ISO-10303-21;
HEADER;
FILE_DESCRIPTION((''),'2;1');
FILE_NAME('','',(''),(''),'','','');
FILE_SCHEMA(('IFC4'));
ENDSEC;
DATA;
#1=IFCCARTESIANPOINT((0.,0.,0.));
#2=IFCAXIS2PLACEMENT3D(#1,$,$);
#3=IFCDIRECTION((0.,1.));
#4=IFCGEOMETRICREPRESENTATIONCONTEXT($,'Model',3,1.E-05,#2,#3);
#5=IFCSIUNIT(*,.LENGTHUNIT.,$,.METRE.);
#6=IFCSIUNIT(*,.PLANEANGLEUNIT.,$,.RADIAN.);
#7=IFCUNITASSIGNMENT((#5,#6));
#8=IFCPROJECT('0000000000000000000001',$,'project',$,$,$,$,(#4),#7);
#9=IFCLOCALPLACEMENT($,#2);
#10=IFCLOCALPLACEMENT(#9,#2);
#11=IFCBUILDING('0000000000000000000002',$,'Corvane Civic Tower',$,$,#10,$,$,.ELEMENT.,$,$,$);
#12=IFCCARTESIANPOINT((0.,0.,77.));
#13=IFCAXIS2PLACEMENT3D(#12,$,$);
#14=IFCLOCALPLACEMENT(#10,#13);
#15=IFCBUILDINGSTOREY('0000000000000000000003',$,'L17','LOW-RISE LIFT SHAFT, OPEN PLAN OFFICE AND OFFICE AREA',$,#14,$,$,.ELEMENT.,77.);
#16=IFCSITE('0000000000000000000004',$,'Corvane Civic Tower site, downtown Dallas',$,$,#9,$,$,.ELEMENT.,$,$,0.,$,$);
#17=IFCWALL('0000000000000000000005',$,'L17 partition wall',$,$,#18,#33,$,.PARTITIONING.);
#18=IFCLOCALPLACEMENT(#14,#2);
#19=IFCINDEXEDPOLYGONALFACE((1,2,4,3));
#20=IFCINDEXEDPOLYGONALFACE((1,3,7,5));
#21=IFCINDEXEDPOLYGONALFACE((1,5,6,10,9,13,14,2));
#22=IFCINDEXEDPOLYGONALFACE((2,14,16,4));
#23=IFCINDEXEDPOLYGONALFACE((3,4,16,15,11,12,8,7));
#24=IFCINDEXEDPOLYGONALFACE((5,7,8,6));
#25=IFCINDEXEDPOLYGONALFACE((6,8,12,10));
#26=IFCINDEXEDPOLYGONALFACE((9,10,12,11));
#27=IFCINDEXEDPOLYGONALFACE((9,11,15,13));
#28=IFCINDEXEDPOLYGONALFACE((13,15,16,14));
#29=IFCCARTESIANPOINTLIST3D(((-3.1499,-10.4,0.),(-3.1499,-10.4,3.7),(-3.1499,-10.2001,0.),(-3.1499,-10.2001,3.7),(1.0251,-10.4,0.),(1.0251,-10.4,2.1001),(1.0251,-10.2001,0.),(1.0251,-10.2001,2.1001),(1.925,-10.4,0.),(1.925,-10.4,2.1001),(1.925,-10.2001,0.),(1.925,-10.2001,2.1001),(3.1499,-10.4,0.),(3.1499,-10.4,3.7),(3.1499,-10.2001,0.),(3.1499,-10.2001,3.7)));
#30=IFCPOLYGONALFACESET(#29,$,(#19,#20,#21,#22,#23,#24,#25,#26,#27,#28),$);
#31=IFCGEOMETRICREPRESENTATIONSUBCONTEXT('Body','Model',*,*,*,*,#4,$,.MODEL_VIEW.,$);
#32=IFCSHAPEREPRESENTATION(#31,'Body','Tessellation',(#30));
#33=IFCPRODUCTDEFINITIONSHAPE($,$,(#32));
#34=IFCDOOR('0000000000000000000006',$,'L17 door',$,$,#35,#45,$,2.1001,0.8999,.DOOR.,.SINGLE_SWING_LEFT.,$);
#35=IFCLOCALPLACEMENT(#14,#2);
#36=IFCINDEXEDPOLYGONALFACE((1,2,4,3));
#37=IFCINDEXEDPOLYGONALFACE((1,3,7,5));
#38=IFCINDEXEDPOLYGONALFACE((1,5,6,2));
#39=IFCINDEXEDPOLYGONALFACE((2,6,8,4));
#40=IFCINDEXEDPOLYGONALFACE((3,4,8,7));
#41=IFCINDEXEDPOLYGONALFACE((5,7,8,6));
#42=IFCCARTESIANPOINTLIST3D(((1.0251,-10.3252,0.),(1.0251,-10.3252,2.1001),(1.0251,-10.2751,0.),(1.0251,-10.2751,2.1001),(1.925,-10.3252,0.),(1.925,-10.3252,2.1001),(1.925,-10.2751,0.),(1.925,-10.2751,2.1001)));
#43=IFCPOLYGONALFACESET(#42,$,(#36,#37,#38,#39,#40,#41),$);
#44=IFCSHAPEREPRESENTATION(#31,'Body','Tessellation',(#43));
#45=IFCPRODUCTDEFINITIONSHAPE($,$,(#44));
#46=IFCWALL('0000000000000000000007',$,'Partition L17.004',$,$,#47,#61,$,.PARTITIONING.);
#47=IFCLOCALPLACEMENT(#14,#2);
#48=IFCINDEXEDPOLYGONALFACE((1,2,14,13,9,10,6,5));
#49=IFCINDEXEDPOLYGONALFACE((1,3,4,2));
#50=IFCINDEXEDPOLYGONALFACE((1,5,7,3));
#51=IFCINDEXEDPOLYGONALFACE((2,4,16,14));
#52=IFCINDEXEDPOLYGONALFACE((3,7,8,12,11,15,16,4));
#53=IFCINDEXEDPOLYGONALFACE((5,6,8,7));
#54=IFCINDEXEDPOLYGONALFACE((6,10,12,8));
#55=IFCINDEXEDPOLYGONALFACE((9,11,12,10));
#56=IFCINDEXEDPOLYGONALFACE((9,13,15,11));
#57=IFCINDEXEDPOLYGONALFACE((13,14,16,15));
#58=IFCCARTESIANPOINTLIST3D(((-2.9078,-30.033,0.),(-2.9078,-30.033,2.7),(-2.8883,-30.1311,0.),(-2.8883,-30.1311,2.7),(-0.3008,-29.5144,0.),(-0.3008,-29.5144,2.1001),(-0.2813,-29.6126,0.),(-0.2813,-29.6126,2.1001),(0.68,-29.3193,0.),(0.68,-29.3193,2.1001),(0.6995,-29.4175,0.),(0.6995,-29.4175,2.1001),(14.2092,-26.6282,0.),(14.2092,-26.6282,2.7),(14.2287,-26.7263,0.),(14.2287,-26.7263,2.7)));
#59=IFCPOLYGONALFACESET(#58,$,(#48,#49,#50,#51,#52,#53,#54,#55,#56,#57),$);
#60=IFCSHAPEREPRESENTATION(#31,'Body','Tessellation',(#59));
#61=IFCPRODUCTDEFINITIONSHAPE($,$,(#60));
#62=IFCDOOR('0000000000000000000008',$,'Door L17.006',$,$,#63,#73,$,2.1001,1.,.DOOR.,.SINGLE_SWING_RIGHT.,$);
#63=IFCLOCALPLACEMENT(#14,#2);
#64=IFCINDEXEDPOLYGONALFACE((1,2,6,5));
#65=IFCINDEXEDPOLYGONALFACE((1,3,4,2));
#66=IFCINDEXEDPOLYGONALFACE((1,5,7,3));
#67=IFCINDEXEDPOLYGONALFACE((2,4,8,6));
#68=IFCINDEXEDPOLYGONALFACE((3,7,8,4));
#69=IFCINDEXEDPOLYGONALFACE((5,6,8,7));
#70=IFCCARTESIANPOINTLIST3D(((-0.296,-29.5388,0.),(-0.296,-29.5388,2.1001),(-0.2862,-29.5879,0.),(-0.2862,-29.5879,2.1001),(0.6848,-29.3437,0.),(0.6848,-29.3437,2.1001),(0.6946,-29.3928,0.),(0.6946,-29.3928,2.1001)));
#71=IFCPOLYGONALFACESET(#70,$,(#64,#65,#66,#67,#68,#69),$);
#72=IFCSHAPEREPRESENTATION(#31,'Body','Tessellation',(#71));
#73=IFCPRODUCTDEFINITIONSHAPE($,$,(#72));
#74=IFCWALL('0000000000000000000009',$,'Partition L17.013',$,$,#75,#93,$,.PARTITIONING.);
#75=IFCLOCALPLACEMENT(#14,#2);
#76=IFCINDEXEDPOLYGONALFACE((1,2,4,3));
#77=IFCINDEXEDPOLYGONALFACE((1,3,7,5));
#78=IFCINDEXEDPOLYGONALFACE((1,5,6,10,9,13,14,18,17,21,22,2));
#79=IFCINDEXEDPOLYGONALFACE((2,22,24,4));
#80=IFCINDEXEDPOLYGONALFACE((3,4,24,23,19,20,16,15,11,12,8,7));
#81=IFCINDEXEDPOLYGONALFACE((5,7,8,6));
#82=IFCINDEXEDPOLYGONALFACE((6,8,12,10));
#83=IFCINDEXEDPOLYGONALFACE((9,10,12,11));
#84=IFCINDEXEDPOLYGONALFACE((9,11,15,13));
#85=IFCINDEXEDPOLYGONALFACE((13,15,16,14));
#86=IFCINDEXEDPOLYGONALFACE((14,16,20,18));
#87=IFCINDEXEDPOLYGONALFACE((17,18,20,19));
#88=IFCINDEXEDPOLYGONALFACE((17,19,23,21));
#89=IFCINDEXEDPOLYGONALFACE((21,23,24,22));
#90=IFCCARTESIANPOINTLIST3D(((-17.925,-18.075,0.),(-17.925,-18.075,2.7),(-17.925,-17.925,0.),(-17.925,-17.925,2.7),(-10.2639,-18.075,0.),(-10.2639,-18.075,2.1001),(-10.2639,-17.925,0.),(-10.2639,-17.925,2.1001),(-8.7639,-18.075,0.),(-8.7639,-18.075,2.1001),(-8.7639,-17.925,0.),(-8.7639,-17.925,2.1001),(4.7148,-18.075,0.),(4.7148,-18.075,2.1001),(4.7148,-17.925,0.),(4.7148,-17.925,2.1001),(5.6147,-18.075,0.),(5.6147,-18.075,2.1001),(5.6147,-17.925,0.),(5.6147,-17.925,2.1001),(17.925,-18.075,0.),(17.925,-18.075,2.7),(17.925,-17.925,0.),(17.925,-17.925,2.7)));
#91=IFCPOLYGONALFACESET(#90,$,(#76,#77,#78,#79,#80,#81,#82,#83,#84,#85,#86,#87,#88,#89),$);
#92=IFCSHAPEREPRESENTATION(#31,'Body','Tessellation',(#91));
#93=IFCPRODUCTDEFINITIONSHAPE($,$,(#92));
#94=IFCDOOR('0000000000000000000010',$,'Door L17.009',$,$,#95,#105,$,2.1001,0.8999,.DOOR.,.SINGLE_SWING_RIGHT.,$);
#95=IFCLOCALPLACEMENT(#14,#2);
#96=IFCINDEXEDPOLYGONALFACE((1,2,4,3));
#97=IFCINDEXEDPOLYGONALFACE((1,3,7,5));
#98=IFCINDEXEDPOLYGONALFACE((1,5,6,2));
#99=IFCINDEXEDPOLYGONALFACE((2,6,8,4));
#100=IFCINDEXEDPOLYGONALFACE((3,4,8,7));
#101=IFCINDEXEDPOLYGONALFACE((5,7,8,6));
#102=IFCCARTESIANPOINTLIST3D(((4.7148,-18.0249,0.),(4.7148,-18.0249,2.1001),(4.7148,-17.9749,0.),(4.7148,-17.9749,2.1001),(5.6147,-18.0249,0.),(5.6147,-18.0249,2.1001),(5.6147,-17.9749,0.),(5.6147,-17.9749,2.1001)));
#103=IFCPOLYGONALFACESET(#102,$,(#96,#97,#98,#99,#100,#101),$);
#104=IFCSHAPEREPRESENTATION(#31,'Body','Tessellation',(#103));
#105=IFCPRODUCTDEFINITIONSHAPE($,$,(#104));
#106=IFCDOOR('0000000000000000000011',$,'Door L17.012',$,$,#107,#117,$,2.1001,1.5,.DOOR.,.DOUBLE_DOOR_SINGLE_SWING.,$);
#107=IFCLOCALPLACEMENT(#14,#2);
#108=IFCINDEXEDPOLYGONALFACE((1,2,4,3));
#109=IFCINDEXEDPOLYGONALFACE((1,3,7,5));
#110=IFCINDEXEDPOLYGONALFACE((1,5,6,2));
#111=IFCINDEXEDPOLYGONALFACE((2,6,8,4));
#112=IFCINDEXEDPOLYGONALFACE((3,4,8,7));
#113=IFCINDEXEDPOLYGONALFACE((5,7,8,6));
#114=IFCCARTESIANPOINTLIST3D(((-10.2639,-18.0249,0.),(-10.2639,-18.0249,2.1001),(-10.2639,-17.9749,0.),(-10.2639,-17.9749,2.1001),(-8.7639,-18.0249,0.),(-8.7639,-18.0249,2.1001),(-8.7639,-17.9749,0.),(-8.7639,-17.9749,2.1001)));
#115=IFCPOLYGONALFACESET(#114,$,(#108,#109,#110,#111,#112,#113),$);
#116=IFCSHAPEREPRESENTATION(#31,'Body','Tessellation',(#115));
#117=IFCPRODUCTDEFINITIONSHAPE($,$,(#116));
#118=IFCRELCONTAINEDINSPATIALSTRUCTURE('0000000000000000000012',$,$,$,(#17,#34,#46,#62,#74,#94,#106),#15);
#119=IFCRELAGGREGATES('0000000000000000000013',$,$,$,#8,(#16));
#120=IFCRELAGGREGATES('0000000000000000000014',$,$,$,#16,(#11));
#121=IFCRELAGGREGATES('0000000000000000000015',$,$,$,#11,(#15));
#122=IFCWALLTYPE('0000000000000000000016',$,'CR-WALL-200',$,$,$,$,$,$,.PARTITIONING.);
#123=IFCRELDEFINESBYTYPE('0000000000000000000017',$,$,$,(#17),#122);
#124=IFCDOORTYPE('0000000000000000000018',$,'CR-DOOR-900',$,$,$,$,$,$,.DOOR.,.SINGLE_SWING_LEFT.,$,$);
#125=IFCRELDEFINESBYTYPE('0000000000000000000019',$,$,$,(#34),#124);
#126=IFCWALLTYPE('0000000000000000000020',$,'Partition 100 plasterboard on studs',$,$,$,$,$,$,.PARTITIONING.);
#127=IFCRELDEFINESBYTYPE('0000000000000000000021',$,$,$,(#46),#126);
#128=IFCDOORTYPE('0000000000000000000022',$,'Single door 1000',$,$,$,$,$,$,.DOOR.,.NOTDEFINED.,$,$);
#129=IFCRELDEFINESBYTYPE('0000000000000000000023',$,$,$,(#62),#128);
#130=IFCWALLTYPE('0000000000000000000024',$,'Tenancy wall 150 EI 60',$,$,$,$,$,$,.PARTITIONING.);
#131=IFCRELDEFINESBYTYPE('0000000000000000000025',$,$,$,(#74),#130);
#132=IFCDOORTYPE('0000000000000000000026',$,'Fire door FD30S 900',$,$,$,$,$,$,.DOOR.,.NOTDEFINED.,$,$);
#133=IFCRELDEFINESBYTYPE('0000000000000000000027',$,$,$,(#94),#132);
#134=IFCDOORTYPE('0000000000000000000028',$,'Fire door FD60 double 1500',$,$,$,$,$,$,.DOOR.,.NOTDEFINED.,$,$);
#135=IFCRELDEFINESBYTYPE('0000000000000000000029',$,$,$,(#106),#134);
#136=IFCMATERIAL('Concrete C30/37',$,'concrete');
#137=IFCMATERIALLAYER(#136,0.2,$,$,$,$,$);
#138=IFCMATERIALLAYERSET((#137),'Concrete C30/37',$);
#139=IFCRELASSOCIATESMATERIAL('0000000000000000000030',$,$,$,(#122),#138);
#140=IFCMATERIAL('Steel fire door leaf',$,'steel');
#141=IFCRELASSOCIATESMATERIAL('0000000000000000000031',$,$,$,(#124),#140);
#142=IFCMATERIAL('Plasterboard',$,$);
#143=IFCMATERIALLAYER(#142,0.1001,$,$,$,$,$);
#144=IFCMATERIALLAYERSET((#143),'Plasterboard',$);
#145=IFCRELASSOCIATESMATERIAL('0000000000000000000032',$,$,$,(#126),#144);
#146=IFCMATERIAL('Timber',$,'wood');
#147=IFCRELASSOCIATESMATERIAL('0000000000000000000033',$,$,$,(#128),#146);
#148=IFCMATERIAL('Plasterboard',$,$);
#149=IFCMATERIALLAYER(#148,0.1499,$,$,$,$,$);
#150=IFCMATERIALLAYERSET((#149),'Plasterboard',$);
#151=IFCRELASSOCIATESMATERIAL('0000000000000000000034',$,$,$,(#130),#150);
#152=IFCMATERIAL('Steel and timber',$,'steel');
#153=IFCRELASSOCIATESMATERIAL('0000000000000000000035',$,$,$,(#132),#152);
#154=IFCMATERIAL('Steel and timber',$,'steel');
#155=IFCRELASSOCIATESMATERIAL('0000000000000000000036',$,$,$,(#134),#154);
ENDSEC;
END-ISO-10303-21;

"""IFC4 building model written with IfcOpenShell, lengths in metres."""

from ifc_helpers import new_model, si_unit, direction, frame, frame_2d, origin, place, context, subcontext, project, spatial, rectangle, extrude, material, layer, layer_set, type_object, element, fill, save


model = new_model("IFC4")

# Units and contexts
model_context = context("Model", 3, precision=1e-05, world=origin(), true_north=direction((0.0, 1.0)))
body_context = subcontext(model_context, "Body", "Model", "MODEL_VIEW")
ifc_project = project(units=[si_unit("LENGTHUNIT", "METRE"), si_unit("PLANEANGLEUNIT", "RADIAN")], contexts=[model_context])

# Site, building, storey
site_placement = place(None, origin())
site = spatial("IfcSite", under=ifc_project, at=site_placement, Name="Corvane Civic Tower site, downtown Dallas", CompositionType="ELEMENT", RefElevation=0.0)
building_placement = place(site_placement, origin())
building = spatial("IfcBuilding", under=site, at=building_placement, Name="Corvane Civic Tower", CompositionType="ELEMENT")
storey_placement = place(building_placement, frame((0.0, 0.0, 77.0)))
storey = spatial("IfcBuildingStorey", under=building, at=storey_placement, Name="L17", Description="LOW-RISE LIFT SHAFT, OPEN PLAN OFFICE AND OFFICE AREA", CompositionType="ELEMENT", Elevation=77.0)

# Walls, openings, doors
ifc_material_1 = material(Name="Concrete C30/37", Category="concrete")
ifc_layer_1 = layer(ifc_material_1, 0.2)
ifc_layer_set_1 = layer_set([ifc_layer_1], Name="Concrete C30/37")
wall_type_1 = type_object("IfcWallType", Name="CR-WALL-200", PredefinedType="PARTITIONING", material=ifc_layer_set_1)
wall_1_placement = place(storey_placement, frame((-3.1499, -10.3, 0.0), z_axis=(0.0, 0.0, 1.0), x_axis=(1.0, 0.0, 0.0)))
wall_1 = element("IfcWall", 1, at=wall_1_placement, inside=storey, type_object=wall_type_1, Name="L17 partition wall", PredefinedType="PARTITIONING", context=body_context, shape_type="SweptSolid", body=[
    extrude(rectangle(XDim=6.2998, YDim=0.2, at=frame_2d((3.1499, 0.0))), origin(), (0.0, 0.0, 1.0), 3.7),
])
opening_1_placement = place(wall_1_placement, frame((4.175, 0.0, 0.0)))
opening_1 = element("IfcOpeningElement", 2, at=opening_1_placement, cuts=wall_1, PredefinedType="OPENING", context=body_context, shape_type="SweptSolid", body=[
    extrude(rectangle(XDim=0.8999, YDim=2.1001, at=frame_2d((0.45, 1.05))), frame((0.0, 0.1099, 0.0), z_axis=(0.0, -1.0, 0.0), x_axis=(1.0, 0.0, 0.0)), (0.0, 0.0, 1.0), 0.22),
])
ifc_material_2 = material(Name="Steel fire door leaf", Category="steel")
door_type_1 = type_object("IfcDoorType", Name="CR-DOOR-900", OperationType="SINGLE_SWING_LEFT", PredefinedType="DOOR", material=ifc_material_2)
door_1_placement = place(opening_1_placement, origin())
door_1 = element("IfcDoor", 3, at=door_1_placement, inside=storey, type_object=door_type_1, Name="L17 door", OperationType="SINGLE_SWING_LEFT", OverallHeight=2.1001, OverallWidth=0.8999, PredefinedType="DOOR", context=body_context, shape_type="SweptSolid", body=[
    extrude(rectangle(XDim=0.8999, YDim=2.1001, at=frame_2d((0.45, 1.05))), frame((0.0, 0.0249, 0.0), z_axis=(0.0, -1.0, 0.0), x_axis=(1.0, 0.0, 0.0)), (0.0, 0.0, 1.0), 0.05),
])
fill(opening_1, door_1)
ifc_material_3 = material(Name="Plasterboard")
ifc_layer_2 = layer(ifc_material_3, 0.1001)
ifc_layer_set_2 = layer_set([ifc_layer_2], Name="Plasterboard")
wall_type_2 = type_object("IfcWallType", Name="Partition 100 plasterboard on studs", PredefinedType="PARTITIONING", material=ifc_layer_set_2)
wall_2_placement = place(storey_placement, frame((-2.8979, -30.082, 0.0), z_axis=(0.0, 0.0, 1.0), x_axis=(0.980785, 0.195091, 0.0)))
wall_2 = element("IfcWall", 4, at=wall_2_placement, inside=storey, type_object=wall_type_2, Name="Partition L17.004", PredefinedType="PARTITIONING", context=body_context, shape_type="SweptSolid", body=[
    extrude(rectangle(XDim=17.4524, YDim=0.1001, at=frame_2d((8.7261, 0.0))), origin(), (0.0, 0.0, 1.0), 2.7),
])
opening_2_placement = place(wall_2_placement, frame((2.658, 0.0, 0.0)))
opening_2 = element("IfcOpeningElement", 5, at=opening_2_placement, cuts=wall_2, PredefinedType="OPENING", context=body_context, shape_type="SweptSolid", body=[
    extrude(rectangle(XDim=1.0, YDim=2.1001, at=frame_2d((0.5, 1.05))), frame((0.0, 0.0601, 0.0), z_axis=(0.0, -1.0, 0.0), x_axis=(1.0, 0.0, 0.0)), (0.0, 0.0, 1.0), 0.1201),
])
ifc_material_4 = material(Name="Timber", Category="wood")
door_type_2 = type_object("IfcDoorType", Name="Single door 1000", OperationType="NOTDEFINED", PredefinedType="DOOR", material=ifc_material_4)
door_2_placement = place(opening_2_placement, frame((1.0, 0.0, 0.0), z_axis=(0.0, 0.0, 1.0), x_axis=(-1.0, 0.0, 0.0)))
door_2 = element("IfcDoor", 6, at=door_2_placement, inside=storey, type_object=door_type_2, Name="Door L17.006", OperationType="SINGLE_SWING_RIGHT", OverallHeight=2.1001, OverallWidth=1.0, PredefinedType="DOOR", context=body_context, shape_type="SweptSolid", body=[
    extrude(rectangle(XDim=1.0, YDim=2.1001, at=frame_2d((0.5, 1.05))), frame((0.0, 0.0249, 0.0), z_axis=(0.0, -1.0, 0.0), x_axis=(1.0, 0.0, 0.0)), (0.0, 0.0, 1.0), 0.05),
])
fill(opening_2, door_2)

# Wall, openings, doors
ifc_material_5 = material(Name="Plasterboard")
ifc_layer_3 = layer(ifc_material_5, 0.1499)
ifc_layer_set_3 = layer_set([ifc_layer_3], Name="Plasterboard")
wall_type_3 = type_object("IfcWallType", Name="Tenancy wall 150 EI 60", PredefinedType="PARTITIONING", material=ifc_layer_set_3)
wall_3_placement = place(storey_placement, frame((-17.925, -18.0, 0.0), z_axis=(0.0, 0.0, 1.0), x_axis=(1.0, 0.0, 0.0)))
wall_3 = element("IfcWall", 7, at=wall_3_placement, inside=storey, type_object=wall_type_3, Name="Partition L17.013", PredefinedType="PARTITIONING", context=body_context, shape_type="SweptSolid", body=[
    extrude(rectangle(XDim=35.8501, YDim=0.1499, at=frame_2d((17.925, 0.0))), origin(), (0.0, 0.0, 1.0), 2.7),
])
opening_3_placement = place(wall_3_placement, frame((22.6399, 0.0, 0.0)))
opening_3 = element("IfcOpeningElement", 8, at=opening_3_placement, cuts=wall_3, PredefinedType="OPENING", context=body_context, shape_type="SweptSolid", body=[
    extrude(rectangle(XDim=0.8999, YDim=2.1001, at=frame_2d((0.45, 1.05))), frame((0.0, 0.085, 0.0), z_axis=(0.0, -1.0, 0.0), x_axis=(1.0, 0.0, 0.0)), (0.0, 0.0, 1.0), 0.1699),
])
opening_4_placement = place(wall_3_placement, frame((7.6611, 0.0, 0.0)))
opening_4 = element("IfcOpeningElement", 9, at=opening_4_placement, cuts=wall_3, PredefinedType="OPENING", context=body_context, shape_type="SweptSolid", body=[
    extrude(rectangle(XDim=1.5, YDim=2.1001, at=frame_2d((0.75, 1.05))), frame((0.0, 0.085, 0.0), z_axis=(0.0, -1.0, 0.0), x_axis=(1.0, 0.0, 0.0)), (0.0, 0.0, 1.0), 0.1699),
])
ifc_material_6 = material(Name="Steel and timber", Category="steel")
door_type_3 = type_object("IfcDoorType", Name="Fire door FD30S 900", OperationType="NOTDEFINED", PredefinedType="DOOR", material=ifc_material_6)
door_3_placement = place(opening_3_placement, frame((0.8999, 0.0, 0.0), z_axis=(0.0, 0.0, 1.0), x_axis=(-1.0, 0.0, 0.0)))
door_3 = element("IfcDoor", 10, at=door_3_placement, inside=storey, type_object=door_type_3, Name="Door L17.009", OperationType="SINGLE_SWING_RIGHT", OverallHeight=2.1001, OverallWidth=0.8999, PredefinedType="DOOR", context=body_context, shape_type="SweptSolid", body=[
    extrude(rectangle(XDim=0.8999, YDim=2.1001, at=frame_2d((0.45, 1.05))), frame((0.0, 0.0249, 0.0), z_axis=(0.0, -1.0, 0.0), x_axis=(1.0, 0.0, 0.0)), (0.0, 0.0, 1.0), 0.05),
])
fill(opening_3, door_3)
ifc_material_7 = material(Name="Steel and timber", Category="steel")
door_type_4 = type_object("IfcDoorType", Name="Fire door FD60 double 1500", OperationType="NOTDEFINED", PredefinedType="DOOR", material=ifc_material_7)
door_4_placement = place(opening_4_placement, frame((1.5, 0.0, 0.0), z_axis=(0.0, 0.0, 1.0), x_axis=(-1.0, 0.0, 0.0)))
door_4 = element("IfcDoor", 11, at=door_4_placement, inside=storey, type_object=door_type_4, Name="Door L17.012", OperationType="DOUBLE_DOOR_SINGLE_SWING", OverallHeight=2.1001, OverallWidth=1.5, PredefinedType="DOOR", context=body_context, shape_type="SweptSolid", body=[
    extrude(rectangle(XDim=1.5, YDim=2.1001, at=frame_2d((0.75, 1.05))), frame((0.0, 0.0249, 0.0), z_axis=(0.0, -1.0, 0.0), x_axis=(1.0, 0.0, 0.0)), (0.0, 0.0, 1.0), 0.05),
])
fill(opening_4, door_4)

save(model, "model.ifc")
